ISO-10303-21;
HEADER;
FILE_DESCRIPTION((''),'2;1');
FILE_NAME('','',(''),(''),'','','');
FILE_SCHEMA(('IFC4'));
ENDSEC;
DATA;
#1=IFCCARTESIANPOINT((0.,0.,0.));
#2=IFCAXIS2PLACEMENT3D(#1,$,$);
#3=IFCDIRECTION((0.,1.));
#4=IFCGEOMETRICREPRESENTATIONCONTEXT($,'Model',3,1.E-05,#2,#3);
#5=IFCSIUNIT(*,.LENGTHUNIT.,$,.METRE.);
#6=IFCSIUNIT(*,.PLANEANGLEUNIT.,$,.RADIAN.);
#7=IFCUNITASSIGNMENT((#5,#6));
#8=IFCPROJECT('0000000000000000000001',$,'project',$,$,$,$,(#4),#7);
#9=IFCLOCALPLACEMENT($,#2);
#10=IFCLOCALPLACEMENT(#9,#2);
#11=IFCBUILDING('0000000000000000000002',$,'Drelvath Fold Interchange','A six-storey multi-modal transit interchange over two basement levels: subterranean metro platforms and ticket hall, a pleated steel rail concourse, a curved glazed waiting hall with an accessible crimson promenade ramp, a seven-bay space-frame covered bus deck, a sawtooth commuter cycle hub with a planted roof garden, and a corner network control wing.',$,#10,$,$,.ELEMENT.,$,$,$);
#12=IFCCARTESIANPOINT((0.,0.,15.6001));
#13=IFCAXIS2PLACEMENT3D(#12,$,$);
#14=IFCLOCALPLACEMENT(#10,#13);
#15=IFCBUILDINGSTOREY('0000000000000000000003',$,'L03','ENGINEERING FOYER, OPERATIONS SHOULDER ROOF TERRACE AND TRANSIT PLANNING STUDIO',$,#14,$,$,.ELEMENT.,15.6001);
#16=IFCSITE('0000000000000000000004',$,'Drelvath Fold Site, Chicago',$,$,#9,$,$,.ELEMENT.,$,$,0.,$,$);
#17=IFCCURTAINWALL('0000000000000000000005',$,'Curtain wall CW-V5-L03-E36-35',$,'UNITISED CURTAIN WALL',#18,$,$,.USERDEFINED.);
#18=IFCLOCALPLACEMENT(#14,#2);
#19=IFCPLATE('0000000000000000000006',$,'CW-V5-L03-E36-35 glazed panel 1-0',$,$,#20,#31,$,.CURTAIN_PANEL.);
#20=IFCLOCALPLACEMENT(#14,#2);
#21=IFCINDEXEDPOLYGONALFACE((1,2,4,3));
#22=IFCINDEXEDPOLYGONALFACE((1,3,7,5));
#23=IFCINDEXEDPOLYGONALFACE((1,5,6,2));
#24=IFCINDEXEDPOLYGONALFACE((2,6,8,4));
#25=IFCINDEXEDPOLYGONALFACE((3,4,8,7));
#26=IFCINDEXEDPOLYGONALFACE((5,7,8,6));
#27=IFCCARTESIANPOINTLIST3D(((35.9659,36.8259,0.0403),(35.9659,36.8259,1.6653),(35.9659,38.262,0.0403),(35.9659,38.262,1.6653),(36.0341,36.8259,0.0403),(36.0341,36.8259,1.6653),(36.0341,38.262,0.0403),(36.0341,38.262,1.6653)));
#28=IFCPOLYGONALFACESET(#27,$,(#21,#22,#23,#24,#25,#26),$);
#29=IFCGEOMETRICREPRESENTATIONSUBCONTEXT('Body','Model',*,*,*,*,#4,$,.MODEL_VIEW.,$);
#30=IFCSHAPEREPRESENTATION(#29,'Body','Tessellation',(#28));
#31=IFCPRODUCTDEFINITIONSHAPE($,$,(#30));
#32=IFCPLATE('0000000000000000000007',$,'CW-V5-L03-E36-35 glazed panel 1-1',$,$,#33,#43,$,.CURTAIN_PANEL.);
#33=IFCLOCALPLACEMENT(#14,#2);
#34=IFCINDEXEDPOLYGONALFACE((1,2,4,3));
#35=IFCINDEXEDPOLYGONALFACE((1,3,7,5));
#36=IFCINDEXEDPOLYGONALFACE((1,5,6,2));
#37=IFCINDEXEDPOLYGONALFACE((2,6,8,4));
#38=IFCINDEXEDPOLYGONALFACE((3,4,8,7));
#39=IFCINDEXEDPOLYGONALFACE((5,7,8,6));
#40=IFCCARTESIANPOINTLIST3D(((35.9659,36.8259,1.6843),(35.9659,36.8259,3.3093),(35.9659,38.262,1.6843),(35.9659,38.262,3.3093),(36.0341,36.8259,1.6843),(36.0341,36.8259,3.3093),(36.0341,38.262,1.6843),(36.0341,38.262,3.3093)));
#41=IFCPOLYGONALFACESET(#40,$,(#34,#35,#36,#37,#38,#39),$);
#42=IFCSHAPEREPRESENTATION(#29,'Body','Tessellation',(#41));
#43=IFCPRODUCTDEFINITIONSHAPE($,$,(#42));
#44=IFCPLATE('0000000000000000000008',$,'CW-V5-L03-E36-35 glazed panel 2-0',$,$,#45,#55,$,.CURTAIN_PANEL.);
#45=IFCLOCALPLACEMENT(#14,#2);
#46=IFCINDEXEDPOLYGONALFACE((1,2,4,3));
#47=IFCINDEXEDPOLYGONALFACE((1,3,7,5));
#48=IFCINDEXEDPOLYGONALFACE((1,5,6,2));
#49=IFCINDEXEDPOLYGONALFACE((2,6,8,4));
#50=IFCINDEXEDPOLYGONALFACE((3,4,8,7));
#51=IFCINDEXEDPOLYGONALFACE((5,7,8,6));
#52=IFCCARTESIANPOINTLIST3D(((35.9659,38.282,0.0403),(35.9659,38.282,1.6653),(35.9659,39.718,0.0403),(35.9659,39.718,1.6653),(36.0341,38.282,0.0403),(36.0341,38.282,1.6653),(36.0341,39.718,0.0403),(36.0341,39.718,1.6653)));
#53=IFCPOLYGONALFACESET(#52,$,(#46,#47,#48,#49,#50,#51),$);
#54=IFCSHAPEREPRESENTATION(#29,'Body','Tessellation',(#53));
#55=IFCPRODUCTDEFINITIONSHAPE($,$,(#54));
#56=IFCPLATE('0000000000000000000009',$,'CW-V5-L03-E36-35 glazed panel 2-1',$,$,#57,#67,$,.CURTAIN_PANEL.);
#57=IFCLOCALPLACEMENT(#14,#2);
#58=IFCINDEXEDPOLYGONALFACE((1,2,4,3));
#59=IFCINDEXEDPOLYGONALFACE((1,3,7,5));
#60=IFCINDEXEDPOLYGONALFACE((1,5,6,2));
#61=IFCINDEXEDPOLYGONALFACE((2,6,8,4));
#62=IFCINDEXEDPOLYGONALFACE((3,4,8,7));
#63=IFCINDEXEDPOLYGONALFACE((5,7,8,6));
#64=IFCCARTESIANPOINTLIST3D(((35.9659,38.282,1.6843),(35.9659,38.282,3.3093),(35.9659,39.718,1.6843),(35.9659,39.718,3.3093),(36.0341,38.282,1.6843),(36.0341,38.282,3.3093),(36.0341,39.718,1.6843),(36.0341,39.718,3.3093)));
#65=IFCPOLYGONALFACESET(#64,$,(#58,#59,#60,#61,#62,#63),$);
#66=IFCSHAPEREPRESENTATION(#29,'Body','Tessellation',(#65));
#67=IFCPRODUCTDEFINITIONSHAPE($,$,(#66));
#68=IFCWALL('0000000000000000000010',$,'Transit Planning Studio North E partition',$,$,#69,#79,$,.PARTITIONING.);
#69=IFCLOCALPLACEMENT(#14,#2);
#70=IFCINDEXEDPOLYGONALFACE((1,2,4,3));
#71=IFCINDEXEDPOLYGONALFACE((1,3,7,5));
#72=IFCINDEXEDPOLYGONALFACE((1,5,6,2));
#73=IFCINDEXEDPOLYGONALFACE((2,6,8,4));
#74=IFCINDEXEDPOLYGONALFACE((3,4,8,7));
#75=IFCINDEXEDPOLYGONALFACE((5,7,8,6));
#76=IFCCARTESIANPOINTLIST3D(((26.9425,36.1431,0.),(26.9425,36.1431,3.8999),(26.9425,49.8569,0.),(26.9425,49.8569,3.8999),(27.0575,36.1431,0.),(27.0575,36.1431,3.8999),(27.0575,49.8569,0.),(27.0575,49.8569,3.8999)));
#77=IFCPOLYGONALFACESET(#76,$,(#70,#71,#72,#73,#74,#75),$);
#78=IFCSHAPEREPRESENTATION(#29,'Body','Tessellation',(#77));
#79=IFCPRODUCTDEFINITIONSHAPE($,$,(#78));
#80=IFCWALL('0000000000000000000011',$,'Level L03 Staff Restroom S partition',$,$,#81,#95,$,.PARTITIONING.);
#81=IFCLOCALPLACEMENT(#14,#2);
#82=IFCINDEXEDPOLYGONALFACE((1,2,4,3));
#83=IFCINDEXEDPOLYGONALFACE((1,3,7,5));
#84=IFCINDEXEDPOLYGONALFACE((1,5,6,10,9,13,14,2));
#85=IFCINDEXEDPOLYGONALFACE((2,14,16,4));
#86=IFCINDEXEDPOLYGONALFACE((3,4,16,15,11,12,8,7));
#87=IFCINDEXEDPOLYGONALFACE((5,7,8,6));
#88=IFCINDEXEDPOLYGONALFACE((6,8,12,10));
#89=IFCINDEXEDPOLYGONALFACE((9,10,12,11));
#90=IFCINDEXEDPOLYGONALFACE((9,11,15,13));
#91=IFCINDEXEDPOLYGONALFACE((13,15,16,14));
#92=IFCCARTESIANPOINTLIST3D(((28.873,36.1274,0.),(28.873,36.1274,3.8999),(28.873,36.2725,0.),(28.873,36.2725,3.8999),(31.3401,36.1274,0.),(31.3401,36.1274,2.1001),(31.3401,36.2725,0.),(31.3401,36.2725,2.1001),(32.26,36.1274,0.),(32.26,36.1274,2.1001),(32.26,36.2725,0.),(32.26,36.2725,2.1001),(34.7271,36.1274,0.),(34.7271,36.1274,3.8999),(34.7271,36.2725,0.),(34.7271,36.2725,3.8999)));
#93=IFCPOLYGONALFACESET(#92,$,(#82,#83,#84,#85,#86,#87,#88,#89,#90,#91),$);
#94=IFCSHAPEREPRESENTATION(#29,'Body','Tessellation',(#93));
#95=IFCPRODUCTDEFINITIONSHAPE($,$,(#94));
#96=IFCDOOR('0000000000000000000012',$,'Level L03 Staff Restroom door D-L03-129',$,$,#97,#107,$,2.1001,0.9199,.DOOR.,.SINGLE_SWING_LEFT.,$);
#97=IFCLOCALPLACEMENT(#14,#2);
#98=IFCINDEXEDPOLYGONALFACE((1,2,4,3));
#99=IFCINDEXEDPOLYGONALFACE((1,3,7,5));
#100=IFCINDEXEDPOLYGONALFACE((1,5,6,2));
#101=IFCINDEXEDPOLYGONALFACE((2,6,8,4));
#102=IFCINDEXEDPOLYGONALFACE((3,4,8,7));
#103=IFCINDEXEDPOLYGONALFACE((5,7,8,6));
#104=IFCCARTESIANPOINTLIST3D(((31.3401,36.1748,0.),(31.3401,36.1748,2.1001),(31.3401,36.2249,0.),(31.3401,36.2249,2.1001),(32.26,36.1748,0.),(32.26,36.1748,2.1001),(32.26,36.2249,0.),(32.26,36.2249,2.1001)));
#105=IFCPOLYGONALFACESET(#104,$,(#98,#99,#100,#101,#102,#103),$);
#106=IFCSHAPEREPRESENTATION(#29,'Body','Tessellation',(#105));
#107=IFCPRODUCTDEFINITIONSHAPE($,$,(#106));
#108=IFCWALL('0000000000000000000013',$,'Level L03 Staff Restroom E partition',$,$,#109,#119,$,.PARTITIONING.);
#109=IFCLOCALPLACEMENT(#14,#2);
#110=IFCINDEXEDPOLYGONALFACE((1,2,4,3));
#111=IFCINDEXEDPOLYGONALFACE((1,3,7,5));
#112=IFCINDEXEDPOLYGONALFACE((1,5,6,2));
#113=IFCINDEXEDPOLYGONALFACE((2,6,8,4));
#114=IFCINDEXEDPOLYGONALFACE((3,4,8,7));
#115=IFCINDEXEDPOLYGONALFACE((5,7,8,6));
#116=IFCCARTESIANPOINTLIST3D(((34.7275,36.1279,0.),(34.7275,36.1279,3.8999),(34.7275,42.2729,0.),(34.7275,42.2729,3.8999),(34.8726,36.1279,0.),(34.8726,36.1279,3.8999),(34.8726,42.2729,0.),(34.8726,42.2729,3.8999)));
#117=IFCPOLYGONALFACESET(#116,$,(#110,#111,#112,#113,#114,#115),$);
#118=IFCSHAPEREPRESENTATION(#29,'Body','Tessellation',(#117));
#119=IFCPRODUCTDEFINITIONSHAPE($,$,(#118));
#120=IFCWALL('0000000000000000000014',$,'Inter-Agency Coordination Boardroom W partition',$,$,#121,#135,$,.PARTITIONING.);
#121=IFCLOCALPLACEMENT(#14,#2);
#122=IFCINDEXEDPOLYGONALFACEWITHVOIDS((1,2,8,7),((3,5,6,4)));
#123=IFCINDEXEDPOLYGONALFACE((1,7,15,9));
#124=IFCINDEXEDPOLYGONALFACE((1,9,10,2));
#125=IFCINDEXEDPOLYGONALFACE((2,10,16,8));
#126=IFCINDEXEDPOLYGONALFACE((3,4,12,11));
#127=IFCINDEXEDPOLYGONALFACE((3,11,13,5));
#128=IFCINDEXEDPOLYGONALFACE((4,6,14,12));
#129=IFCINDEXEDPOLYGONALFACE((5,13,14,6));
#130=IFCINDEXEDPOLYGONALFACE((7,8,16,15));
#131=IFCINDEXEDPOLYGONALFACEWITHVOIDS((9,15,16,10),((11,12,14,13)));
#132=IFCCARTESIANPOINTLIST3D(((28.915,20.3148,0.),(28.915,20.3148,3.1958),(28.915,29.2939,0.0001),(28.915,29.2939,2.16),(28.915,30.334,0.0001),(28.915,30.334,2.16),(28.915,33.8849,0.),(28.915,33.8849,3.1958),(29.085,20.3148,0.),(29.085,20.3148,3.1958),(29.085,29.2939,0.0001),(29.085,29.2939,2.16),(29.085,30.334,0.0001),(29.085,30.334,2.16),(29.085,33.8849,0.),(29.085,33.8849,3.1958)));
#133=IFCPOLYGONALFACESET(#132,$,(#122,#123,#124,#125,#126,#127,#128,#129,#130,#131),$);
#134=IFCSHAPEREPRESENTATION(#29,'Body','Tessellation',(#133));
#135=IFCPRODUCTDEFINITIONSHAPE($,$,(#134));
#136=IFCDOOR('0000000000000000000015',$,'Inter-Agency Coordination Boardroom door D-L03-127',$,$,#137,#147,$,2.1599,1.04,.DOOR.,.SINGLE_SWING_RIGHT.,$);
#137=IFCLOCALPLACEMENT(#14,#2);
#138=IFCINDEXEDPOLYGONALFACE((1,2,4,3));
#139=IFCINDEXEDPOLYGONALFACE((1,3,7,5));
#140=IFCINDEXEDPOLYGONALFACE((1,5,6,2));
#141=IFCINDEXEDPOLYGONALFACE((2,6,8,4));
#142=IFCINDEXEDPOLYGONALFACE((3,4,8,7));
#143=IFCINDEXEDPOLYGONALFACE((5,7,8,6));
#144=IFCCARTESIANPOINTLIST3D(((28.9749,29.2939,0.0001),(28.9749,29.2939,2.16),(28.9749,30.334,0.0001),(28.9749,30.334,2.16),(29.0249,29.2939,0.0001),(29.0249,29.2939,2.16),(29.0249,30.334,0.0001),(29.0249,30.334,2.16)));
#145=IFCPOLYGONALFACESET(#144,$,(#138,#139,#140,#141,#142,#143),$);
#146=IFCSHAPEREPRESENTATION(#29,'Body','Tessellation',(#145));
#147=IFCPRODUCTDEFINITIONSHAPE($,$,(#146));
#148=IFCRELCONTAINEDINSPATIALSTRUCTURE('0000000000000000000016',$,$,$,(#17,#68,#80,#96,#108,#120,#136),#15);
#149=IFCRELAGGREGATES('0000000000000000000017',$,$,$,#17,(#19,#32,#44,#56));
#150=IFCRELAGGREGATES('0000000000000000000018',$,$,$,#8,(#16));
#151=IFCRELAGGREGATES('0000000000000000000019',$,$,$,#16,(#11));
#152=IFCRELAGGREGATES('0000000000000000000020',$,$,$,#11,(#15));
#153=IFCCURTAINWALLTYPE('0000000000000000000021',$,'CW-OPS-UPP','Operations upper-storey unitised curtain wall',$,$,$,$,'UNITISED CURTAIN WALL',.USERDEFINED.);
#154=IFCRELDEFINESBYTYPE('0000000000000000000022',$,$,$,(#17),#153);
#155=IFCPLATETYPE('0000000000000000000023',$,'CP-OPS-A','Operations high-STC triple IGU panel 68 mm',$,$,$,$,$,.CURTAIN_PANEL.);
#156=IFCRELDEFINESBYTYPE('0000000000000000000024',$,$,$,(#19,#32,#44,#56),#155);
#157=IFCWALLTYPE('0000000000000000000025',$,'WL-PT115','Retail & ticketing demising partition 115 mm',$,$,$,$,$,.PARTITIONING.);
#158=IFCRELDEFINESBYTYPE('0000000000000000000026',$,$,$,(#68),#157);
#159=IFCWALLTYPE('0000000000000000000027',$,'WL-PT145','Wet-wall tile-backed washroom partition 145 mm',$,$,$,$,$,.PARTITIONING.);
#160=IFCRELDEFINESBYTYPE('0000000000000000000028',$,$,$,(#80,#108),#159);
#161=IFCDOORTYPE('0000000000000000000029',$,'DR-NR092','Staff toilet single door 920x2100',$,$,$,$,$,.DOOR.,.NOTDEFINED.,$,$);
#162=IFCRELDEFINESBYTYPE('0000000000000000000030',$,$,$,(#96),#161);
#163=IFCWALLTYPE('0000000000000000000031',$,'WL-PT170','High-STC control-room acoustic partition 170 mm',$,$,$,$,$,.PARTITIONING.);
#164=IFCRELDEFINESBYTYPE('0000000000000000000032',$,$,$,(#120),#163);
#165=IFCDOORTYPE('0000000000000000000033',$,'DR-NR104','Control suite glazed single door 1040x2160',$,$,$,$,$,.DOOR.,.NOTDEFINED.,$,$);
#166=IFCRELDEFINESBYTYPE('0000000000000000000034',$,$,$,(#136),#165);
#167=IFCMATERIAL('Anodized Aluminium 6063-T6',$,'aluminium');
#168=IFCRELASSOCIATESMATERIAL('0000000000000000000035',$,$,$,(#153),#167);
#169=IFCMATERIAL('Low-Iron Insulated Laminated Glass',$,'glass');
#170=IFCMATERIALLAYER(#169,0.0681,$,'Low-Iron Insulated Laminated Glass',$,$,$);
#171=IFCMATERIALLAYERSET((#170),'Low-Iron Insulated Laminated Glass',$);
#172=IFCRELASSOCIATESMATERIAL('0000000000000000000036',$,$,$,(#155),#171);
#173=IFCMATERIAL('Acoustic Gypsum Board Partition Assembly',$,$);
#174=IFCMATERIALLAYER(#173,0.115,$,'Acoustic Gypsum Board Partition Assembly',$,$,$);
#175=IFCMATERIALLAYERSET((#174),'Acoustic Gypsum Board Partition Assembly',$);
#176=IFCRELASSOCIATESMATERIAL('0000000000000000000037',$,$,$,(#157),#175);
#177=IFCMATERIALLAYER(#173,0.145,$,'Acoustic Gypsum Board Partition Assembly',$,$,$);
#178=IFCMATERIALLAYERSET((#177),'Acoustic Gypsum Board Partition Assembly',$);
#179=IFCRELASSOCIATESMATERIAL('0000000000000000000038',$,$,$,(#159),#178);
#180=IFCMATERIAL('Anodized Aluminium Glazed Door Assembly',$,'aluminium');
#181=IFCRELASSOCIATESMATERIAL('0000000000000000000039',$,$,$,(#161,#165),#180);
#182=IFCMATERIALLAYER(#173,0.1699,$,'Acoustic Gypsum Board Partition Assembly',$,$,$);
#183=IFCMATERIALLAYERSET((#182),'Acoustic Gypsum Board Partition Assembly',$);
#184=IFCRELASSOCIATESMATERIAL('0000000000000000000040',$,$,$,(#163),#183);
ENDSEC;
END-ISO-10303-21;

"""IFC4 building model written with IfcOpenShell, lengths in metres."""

from ifc_helpers import new_model, si_unit, direction, frame, frame_2d, origin, origin_2d, place, context, subcontext, project, spatial, rectangle, extrude, material, layer, layer_set, type_object, element, fill, aggregate, save


model = new_model("IFC4")

# Units and contexts
model_context = context("Model", 3, precision=1e-05, world=origin(), true_north=direction((0.0, 1.0)))
body_context = subcontext(model_context, "Body", "Model", "MODEL_VIEW")
ifc_project = project(units=[si_unit("LENGTHUNIT", "METRE"), si_unit("PLANEANGLEUNIT", "RADIAN")], contexts=[model_context])

# Site, building, storey
site_placement = place(None, origin())
site = spatial("IfcSite", under=ifc_project, at=site_placement, Name="Drelvath Fold Site, Chicago", CompositionType="ELEMENT", RefElevation=0.0)
building_placement = place(site_placement, origin())
building = spatial("IfcBuilding", under=site, at=building_placement, Name="Drelvath Fold Interchange", Description="A six-storey multi-modal transit interchange over two basement levels: subterranean metro platforms and ticket hall, a pleated steel rail concourse, a curved glazed waiting hall with an accessible crimson promenade ramp, a seven-bay space-frame covered bus deck, a sawtooth commuter cycle hub with a planted roof garden, and a corner network control wing.", CompositionType="ELEMENT")
storey_placement = place(building_placement, frame((0.0, 0.0, 15.6001)))
storey = spatial("IfcBuildingStorey", under=building, at=storey_placement, Name="L03", Description="ENGINEERING FOYER, OPERATIONS SHOULDER ROOF TERRACE AND TRANSIT PLANNING STUDIO", CompositionType="ELEMENT", Elevation=15.6001)

# Curtain wall, plates
ifc_material_1 = material(Name="Anodized Aluminium 6063-T6", Category="aluminium")
curtain_wall_type = type_object("IfcCurtainWallType", Name="CW-OPS-UPP", Description="Operations upper-storey unitised curtain wall", ElementType="UNITISED CURTAIN WALL", PredefinedType="USERDEFINED", material=ifc_material_1)
curtain_wall_placement = place(storey_placement, origin())
curtain_wall = element("IfcCurtainWall", 1, at=curtain_wall_placement, inside=storey, type_object=curtain_wall_type, Name="Curtain wall CW-V5-L03-E36-35", ObjectType="UNITISED CURTAIN WALL", PredefinedType="USERDEFINED")
ifc_material_2 = material(Name="Low-Iron Insulated Laminated Glass", Category="glass")
ifc_layer_1 = layer(ifc_material_2, 0.0681, Name="Low-Iron Insulated Laminated Glass")
ifc_layer_set_1 = layer_set([ifc_layer_1], Name="Low-Iron Insulated Laminated Glass")
plate_type = type_object("IfcPlateType", Name="CP-OPS-A", Description="Operations high-STC triple IGU panel 68 mm", PredefinedType="CURTAIN_PANEL", material=ifc_layer_set_1)
plate_1_placement = place(storey_placement, frame((36.0, 37.5439, 0.0403), z_axis=(0.0, 0.0, 1.0), x_axis=(0.0, 1.0, 0.0)))
plate_1 = element("IfcPlate", 2, at=plate_1_placement, type_object=plate_type, Name="CW-V5-L03-E36-35 glazed panel 1-0", PredefinedType="CURTAIN_PANEL", context=body_context, shape_type="SweptSolid", body=[
    extrude(rectangle(XDim=1.436, YDim=0.0681, at=origin_2d()), origin(), (0.0, 0.0, 1.0), 1.625),
])
plate_2_placement = place(storey_placement, frame((36.0, 37.5439, 1.6843), z_axis=(0.0, 0.0, 1.0), x_axis=(0.0, 1.0, 0.0)))
plate_2 = element("IfcPlate", 3, at=plate_2_placement, type_object=plate_type, Name="CW-V5-L03-E36-35 glazed panel 1-1", PredefinedType="CURTAIN_PANEL", context=body_context, shape_type="SweptSolid", body=[
    extrude(rectangle(XDim=1.436, YDim=0.0681, at=origin_2d()), origin(), (0.0, 0.0, 1.0), 1.625),
])
plate_3_placement = place(storey_placement, frame((36.0, 39.0, 0.0403), z_axis=(0.0, 0.0, 1.0), x_axis=(0.0, 1.0, 0.0)))
plate_3 = element("IfcPlate", 4, at=plate_3_placement, type_object=plate_type, Name="CW-V5-L03-E36-35 glazed panel 2-0", PredefinedType="CURTAIN_PANEL", context=body_context, shape_type="SweptSolid", body=[
    extrude(rectangle(XDim=1.436, YDim=0.0681, at=origin_2d()), origin(), (0.0, 0.0, 1.0), 1.625),
])
plate_4_placement = place(storey_placement, frame((36.0, 39.0, 1.6843), z_axis=(0.0, 0.0, 1.0), x_axis=(0.0, 1.0, 0.0)))
plate_4 = element("IfcPlate", 5, at=plate_4_placement, type_object=plate_type, Name="CW-V5-L03-E36-35 glazed panel 2-1", PredefinedType="CURTAIN_PANEL", context=body_context, shape_type="SweptSolid", body=[
    extrude(rectangle(XDim=1.436, YDim=0.0681, at=origin_2d()), origin(), (0.0, 0.0, 1.0), 1.625),
])
aggregate(curtain_wall, [plate_1, plate_2, plate_3, plate_4])

# Wall
ifc_material_3 = material(Name="Acoustic Gypsum Board Partition Assembly")
ifc_layer_2 = layer(ifc_material_3, 0.115, Name="Acoustic Gypsum Board Partition Assembly")
ifc_layer_set_2 = layer_set([ifc_layer_2], Name="Acoustic Gypsum Board Partition Assembly")
wall_type_1 = type_object("IfcWallType", Name="WL-PT115", Description="Retail & ticketing demising partition 115 mm", PredefinedType="PARTITIONING", material=ifc_layer_set_2)
wall_1_placement = place(storey_placement, frame((27.0, 36.1431, 0.0), z_axis=(0.0, 0.0, 1.0), x_axis=(0.0, 1.0, 0.0)))
element("IfcWall", 6, at=wall_1_placement, inside=storey, type_object=wall_type_1, Name="Transit Planning Studio North E partition", PredefinedType="PARTITIONING", context=body_context, shape_type="SweptSolid", body=[
    extrude(rectangle(XDim=13.7139, YDim=0.115, at=frame_2d((6.8569, 0.0))), origin(), (0.0, 0.0, 1.0), 3.8999),
])

# Wall, opening, door
ifc_layer_3 = layer(ifc_material_3, 0.145, Name="Acoustic Gypsum Board Partition Assembly")
ifc_layer_set_3 = layer_set([ifc_layer_3], Name="Acoustic Gypsum Board Partition Assembly")
wall_type_2 = type_object("IfcWallType", Name="WL-PT145", Description="Wet-wall tile-backed washroom partition 145 mm", PredefinedType="PARTITIONING", material=ifc_layer_set_3)
wall_2_placement = place(storey_placement, frame((28.873, 36.2, 0.0), z_axis=(0.0, 0.0, 1.0), x_axis=(1.0, 0.0, 0.0)))
wall_2 = element("IfcWall", 7, at=wall_2_placement, inside=storey, type_object=wall_type_2, Name="Level L03 Staff Restroom S partition", PredefinedType="PARTITIONING", context=body_context, shape_type="SweptSolid", body=[
    extrude(rectangle(XDim=5.854, YDim=0.145, at=frame_2d((2.927, 0.0))), origin(), (0.0, 0.0, 1.0), 3.8999),
])
opening_1_placement = place(wall_2_placement, frame((2.467, 0.0, 0.0)))
opening_1 = element("IfcOpeningElement", 8, at=opening_1_placement, cuts=wall_2, PredefinedType="OPENING", context=body_context, shape_type="SweptSolid", body=[
    extrude(rectangle(XDim=0.9199, YDim=2.1001, at=frame_2d((0.46, 1.05))), frame((0.0, 0.0825, 0.0), z_axis=(0.0, -1.0, 0.0), x_axis=(1.0, 0.0, 0.0)), (0.0, 0.0, 1.0), 0.165),
])
ifc_material_4 = material(Name="Anodized Aluminium Glazed Door Assembly", Category="aluminium")
door_type_1 = type_object("IfcDoorType", Name="DR-NR092", Description="Staff toilet single door 920x2100", OperationType="NOTDEFINED", PredefinedType="DOOR", material=ifc_material_4)
door_1_placement = place(opening_1_placement, origin())
door_1 = element("IfcDoor", 9, at=door_1_placement, inside=storey, type_object=door_type_1, Name="Level L03 Staff Restroom door D-L03-129", OperationType="SINGLE_SWING_LEFT", OverallHeight=2.1001, OverallWidth=0.9199, PredefinedType="DOOR", context=body_context, shape_type="SweptSolid", body=[
    extrude(rectangle(XDim=0.9199, YDim=2.1001, at=frame_2d((0.46, 1.05))), frame((0.0, 0.0249, 0.0), z_axis=(0.0, -1.0, 0.0), x_axis=(1.0, 0.0, 0.0)), (0.0, 0.0, 1.0), 0.05),
])
fill(opening_1, door_1)

# Wall
wall_3_placement = place(storey_placement, frame((34.8, 36.1279, 0.0), z_axis=(0.0, 0.0, 1.0), x_axis=(0.0, 1.0, 0.0)))
element("IfcWall", 10, at=wall_3_placement, inside=storey, type_object=wall_type_2, Name="Level L03 Staff Restroom E partition", PredefinedType="PARTITIONING", context=body_context, shape_type="SweptSolid", body=[
    extrude(rectangle(XDim=6.145, YDim=0.145, at=frame_2d((3.0725, 0.0))), origin(), (0.0, 0.0, 1.0), 3.8999),
])

# Wall, opening, door
ifc_layer_4 = layer(ifc_material_3, 0.1699, Name="Acoustic Gypsum Board Partition Assembly")
ifc_layer_set_4 = layer_set([ifc_layer_4], Name="Acoustic Gypsum Board Partition Assembly")
wall_type_3 = type_object("IfcWallType", Name="WL-PT170", Description="High-STC control-room acoustic partition 170 mm", PredefinedType="PARTITIONING", material=ifc_layer_set_4)
wall_4_placement = place(storey_placement, frame((29.0, 33.885, 0.0), z_axis=(0.0, 0.0, 1.0), x_axis=(0.0, -1.0, 0.0)))
wall_4 = element("IfcWall", 11, at=wall_4_placement, inside=storey, type_object=wall_type_3, Name="Inter-Agency Coordination Boardroom W partition", PredefinedType="PARTITIONING", context=body_context, shape_type="SweptSolid", body=[
    extrude(rectangle(XDim=13.5701, YDim=0.1699, at=frame_2d((6.7852, 0.0))), origin(), (0.0, 0.0, 1.0), 3.1958),
])
opening_2_placement = place(wall_4_placement, frame((3.551, 0.0, 0.0)))
opening_2 = element("IfcOpeningElement", 12, at=opening_2_placement, cuts=wall_4, PredefinedType="OPENING", context=body_context, shape_type="SweptSolid", body=[
    extrude(rectangle(XDim=1.04, YDim=2.1599, at=frame_2d((0.52, 1.0801))), frame((0.0, 0.095, 0.0), z_axis=(0.0, -1.0, 0.0), x_axis=(1.0, 0.0, 0.0)), (0.0, 0.0, 1.0), 0.1899),
])
door_type_2 = type_object("IfcDoorType", Name="DR-NR104", Description="Control suite glazed single door 1040x2160", OperationType="NOTDEFINED", PredefinedType="DOOR", material=ifc_material_4)
door_2_placement = place(opening_2_placement, origin())
door_2 = element("IfcDoor", 13, at=door_2_placement, inside=storey, type_object=door_type_2, Name="Inter-Agency Coordination Boardroom door D-L03-127", OperationType="SINGLE_SWING_RIGHT", OverallHeight=2.1599, OverallWidth=1.04, PredefinedType="DOOR", context=body_context, shape_type="SweptSolid", body=[
    extrude(rectangle(XDim=1.04, YDim=2.1599, at=frame_2d((0.52, 1.0801))), frame((0.0, 0.0249, 0.0), z_axis=(0.0, -1.0, 0.0), x_axis=(1.0, 0.0, 0.0)), (0.0, 0.0, 1.0), 0.05),
])
fill(opening_2, door_2)

save(model, "model.ifc")
